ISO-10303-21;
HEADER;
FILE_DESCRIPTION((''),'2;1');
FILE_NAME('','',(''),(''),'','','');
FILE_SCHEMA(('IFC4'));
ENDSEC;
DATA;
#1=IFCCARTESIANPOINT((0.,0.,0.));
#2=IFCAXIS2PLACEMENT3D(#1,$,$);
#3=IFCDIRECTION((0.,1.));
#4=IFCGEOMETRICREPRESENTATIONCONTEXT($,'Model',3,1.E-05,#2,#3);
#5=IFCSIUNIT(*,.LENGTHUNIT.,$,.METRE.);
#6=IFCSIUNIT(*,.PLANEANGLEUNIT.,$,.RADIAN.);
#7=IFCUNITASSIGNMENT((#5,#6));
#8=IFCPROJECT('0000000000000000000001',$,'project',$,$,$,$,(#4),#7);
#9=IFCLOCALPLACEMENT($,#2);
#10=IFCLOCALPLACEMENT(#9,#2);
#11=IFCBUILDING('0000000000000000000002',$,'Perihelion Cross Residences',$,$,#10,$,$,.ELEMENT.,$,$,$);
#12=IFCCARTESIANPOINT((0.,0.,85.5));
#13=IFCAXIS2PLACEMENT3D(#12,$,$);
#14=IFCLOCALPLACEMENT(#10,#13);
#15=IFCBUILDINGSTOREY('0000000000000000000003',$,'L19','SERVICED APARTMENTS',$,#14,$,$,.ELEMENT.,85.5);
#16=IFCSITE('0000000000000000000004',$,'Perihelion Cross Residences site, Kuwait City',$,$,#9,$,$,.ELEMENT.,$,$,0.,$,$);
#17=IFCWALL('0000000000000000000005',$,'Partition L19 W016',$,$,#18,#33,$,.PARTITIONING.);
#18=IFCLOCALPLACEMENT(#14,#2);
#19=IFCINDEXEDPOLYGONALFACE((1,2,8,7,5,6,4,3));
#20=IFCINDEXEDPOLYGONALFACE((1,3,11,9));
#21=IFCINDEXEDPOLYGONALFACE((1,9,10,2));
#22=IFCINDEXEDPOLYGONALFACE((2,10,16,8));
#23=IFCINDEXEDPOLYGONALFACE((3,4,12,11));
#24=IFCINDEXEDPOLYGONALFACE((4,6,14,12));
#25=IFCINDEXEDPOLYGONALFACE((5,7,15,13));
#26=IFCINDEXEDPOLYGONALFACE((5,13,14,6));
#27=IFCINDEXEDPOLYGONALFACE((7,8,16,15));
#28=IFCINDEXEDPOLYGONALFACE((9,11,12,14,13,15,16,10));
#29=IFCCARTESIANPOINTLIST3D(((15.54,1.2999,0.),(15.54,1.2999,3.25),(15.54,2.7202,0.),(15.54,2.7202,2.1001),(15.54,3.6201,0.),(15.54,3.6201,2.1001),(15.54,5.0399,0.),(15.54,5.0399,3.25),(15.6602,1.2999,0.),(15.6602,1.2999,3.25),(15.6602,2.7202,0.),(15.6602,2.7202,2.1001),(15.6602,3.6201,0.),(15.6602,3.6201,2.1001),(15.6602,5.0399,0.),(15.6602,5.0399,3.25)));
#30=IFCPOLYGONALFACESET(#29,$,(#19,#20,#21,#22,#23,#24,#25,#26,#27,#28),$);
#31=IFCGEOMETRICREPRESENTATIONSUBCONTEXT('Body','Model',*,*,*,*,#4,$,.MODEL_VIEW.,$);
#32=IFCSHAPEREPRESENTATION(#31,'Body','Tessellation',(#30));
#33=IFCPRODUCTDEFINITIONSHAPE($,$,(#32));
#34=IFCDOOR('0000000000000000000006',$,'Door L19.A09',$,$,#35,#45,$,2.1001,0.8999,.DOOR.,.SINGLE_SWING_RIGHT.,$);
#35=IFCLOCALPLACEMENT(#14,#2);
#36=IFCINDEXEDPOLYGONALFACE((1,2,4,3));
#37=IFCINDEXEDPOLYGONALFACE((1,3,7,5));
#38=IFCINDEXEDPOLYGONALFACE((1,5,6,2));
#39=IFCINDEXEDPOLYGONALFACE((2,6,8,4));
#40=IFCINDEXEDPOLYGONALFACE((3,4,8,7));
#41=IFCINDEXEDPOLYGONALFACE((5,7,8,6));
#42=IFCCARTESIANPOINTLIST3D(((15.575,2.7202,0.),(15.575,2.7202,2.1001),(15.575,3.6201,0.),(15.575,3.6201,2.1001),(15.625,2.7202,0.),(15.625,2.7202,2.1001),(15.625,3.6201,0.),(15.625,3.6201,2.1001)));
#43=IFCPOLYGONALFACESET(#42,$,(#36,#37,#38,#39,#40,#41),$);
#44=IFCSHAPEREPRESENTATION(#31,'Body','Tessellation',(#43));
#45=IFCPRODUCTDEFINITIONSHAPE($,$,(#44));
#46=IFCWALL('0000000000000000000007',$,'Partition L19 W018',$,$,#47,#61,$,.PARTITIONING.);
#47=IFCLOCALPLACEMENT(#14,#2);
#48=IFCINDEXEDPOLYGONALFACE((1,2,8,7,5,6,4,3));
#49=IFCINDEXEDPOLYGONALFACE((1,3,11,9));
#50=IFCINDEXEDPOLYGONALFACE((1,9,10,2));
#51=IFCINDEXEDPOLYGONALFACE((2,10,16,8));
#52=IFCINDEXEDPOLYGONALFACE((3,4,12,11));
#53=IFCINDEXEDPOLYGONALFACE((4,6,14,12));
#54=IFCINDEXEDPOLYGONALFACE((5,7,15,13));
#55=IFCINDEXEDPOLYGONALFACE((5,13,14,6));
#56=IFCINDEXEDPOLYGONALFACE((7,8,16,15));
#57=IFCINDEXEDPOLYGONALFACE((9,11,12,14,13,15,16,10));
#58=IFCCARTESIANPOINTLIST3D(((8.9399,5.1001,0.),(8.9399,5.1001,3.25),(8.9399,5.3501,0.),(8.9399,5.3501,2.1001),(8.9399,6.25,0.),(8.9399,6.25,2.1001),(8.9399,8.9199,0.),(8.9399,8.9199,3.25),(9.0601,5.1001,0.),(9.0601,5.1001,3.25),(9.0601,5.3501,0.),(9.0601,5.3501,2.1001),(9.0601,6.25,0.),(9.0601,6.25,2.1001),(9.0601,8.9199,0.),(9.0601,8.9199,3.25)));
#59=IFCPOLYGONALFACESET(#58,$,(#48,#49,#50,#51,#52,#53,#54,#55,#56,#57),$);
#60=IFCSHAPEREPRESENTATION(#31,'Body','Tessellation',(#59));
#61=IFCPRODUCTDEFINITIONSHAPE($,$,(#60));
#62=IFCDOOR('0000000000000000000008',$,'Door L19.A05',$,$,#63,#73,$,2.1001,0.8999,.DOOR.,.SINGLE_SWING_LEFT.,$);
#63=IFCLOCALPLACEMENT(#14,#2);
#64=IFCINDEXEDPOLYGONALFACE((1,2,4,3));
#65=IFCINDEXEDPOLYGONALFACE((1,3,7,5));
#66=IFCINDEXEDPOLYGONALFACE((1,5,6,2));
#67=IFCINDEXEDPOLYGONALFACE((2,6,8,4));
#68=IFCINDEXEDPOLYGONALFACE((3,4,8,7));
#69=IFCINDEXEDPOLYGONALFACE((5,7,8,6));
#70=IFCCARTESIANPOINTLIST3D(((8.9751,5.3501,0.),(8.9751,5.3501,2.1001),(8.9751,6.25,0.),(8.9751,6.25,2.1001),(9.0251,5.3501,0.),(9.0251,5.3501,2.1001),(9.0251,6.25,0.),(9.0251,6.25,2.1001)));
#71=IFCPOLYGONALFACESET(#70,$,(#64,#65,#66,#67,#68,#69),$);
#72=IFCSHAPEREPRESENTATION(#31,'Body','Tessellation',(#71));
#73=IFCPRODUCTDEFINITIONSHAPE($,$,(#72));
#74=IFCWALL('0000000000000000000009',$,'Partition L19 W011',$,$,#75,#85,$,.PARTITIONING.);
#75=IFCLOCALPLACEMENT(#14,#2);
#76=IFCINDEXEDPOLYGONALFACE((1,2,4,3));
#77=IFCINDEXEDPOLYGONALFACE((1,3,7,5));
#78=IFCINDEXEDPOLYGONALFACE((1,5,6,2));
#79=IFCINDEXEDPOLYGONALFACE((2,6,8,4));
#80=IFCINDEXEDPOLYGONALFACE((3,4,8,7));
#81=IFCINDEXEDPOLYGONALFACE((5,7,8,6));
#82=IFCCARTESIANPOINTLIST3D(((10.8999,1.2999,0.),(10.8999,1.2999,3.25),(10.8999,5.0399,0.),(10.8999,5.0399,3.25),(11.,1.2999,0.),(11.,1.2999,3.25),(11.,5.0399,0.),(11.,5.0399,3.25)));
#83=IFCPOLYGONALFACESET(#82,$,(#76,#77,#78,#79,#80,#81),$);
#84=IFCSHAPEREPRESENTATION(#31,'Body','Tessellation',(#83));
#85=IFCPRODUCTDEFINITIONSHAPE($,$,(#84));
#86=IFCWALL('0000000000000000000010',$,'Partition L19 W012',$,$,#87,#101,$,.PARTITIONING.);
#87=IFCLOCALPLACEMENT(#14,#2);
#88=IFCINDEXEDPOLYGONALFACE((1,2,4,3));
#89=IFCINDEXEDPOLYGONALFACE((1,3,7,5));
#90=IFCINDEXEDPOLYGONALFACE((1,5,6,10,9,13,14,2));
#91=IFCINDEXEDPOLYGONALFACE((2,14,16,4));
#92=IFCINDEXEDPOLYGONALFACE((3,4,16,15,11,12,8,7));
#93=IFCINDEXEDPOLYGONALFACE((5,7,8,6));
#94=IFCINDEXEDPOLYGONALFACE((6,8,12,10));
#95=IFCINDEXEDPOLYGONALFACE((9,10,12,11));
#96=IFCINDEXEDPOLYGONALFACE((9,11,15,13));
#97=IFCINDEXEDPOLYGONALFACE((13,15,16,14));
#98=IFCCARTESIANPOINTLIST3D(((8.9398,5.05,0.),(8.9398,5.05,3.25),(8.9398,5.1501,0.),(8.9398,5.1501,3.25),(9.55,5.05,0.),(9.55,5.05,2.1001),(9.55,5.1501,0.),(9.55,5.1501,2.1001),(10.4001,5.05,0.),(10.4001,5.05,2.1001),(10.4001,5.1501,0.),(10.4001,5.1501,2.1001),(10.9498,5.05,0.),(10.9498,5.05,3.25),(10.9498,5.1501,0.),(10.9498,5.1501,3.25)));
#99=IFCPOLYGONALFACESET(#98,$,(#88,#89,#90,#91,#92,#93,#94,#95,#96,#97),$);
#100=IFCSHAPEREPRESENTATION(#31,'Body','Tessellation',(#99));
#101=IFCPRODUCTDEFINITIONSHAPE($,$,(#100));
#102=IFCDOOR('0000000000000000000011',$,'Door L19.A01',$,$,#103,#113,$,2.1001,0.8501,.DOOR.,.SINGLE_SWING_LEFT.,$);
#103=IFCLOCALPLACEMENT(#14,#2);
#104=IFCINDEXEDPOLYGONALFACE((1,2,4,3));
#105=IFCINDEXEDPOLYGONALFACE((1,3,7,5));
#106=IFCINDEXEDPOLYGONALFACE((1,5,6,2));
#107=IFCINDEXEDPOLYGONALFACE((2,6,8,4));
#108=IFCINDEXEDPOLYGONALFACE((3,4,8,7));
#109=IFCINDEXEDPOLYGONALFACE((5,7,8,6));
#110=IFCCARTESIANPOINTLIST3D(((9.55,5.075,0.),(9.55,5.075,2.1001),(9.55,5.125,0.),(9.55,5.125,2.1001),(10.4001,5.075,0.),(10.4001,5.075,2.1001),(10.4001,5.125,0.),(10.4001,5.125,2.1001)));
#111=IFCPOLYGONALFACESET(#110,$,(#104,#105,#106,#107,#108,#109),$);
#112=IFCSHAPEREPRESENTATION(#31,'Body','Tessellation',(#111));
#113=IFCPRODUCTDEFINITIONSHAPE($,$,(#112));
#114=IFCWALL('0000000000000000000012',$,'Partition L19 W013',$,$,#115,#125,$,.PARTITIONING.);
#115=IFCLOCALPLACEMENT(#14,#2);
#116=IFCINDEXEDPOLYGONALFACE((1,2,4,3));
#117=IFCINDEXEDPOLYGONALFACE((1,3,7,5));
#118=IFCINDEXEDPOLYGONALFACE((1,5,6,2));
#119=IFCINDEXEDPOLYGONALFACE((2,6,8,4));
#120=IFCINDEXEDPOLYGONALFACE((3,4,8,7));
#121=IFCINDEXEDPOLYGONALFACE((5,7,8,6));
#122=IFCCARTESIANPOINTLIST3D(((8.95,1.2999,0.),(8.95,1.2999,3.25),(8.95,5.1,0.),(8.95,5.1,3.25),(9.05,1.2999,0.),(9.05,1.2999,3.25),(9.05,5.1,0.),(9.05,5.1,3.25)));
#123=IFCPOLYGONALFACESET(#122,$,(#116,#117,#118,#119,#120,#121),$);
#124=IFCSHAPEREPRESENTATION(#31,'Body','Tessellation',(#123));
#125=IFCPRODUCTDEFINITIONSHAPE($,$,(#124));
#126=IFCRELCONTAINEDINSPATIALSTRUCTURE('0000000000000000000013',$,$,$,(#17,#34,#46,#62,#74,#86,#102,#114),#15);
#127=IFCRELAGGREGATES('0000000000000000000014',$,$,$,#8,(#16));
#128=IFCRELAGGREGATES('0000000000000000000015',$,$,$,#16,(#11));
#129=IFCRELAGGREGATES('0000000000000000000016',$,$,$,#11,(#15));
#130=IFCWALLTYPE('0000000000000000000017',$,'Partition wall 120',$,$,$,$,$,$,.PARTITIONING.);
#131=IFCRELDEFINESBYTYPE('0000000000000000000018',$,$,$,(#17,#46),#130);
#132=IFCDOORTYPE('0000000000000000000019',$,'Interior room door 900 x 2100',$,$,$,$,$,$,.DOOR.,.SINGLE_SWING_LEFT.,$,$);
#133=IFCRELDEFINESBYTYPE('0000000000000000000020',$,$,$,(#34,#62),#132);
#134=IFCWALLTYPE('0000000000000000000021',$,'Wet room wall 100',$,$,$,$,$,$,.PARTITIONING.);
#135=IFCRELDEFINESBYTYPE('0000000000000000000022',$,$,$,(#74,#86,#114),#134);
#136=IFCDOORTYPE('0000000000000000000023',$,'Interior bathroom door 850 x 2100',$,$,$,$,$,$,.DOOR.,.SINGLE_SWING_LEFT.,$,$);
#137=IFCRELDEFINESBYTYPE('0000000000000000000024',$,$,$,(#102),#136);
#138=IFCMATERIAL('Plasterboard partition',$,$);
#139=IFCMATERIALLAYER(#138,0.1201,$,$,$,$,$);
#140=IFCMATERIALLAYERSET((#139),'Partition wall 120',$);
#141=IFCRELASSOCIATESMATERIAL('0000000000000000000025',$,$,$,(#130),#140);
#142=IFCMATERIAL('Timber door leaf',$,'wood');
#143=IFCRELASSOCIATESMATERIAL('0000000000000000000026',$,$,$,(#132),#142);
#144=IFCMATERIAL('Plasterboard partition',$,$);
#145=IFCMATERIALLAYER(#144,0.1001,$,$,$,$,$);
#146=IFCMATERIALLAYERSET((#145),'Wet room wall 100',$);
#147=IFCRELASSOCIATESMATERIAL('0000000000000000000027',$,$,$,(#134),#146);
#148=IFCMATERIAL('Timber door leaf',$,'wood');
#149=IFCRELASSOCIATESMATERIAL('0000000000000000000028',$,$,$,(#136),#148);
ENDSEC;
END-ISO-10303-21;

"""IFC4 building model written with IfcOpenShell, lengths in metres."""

from ifc_helpers import new_model, si_unit, direction, frame, frame_2d, origin, place, context, subcontext, project, spatial, rectangle, extrude, material, layer, layer_set, type_object, element, fill, save


model = new_model("IFC4")

# Units and contexts
model_context = context("Model", 3, precision=1e-05, world=origin(), true_north=direction((0.0, 1.0)))
body_context = subcontext(model_context, "Body", "Model", "MODEL_VIEW")
ifc_project = project(units=[si_unit("LENGTHUNIT", "METRE"), si_unit("PLANEANGLEUNIT", "RADIAN")], contexts=[model_context])

# Site, building, storey
site_placement = place(None, origin())
site = spatial("IfcSite", under=ifc_project, at=site_placement, Name="Perihelion Cross Residences site, Kuwait City", CompositionType="ELEMENT", RefElevation=0.0)
building_placement = place(site_placement, origin())
building = spatial("IfcBuilding", under=site, at=building_placement, Name="Perihelion Cross Residences", CompositionType="ELEMENT")
storey_placement = place(building_placement, frame((0.0, 0.0, 85.5)))
storey = spatial("IfcBuildingStorey", under=building, at=storey_placement, Name="L19", Description="SERVICED APARTMENTS", CompositionType="ELEMENT", Elevation=85.5)

# Shared definitions
ifc_material_1 = material(Name="Plasterboard partition")
ifc_layer_1 = layer(ifc_material_1, 0.1201)
ifc_layer_set_1 = layer_set([ifc_layer_1], Name="Partition wall 120")
wall_type_1 = type_object("IfcWallType", Name="Partition wall 120", PredefinedType="PARTITIONING", material=ifc_layer_set_1)

# Shared definitions
ifc_material_2 = material(Name="Timber door leaf", Category="wood")
door_type_1 = type_object("IfcDoorType", Name="Interior room door 900 x 2100", OperationType="SINGLE_SWING_LEFT", PredefinedType="DOOR", material=ifc_material_2)

# Walls, openings, doors
wall_1_placement = place(storey_placement, frame((15.6001, 5.04, 0.0), z_axis=(0.0, 0.0, 1.0), x_axis=(0.0, -1.0, 0.0)))
wall_1 = element("IfcWall", 1, at=wall_1_placement, inside=storey, type_object=wall_type_1, Name="Partition L19 W016", PredefinedType="PARTITIONING", context=body_context, shape_type="SweptSolid", body=[
    extrude(rectangle(XDim=3.74, YDim=0.1201, at=frame_2d((1.8701, 0.0))), origin(), (0.0, 0.0, 1.0), 3.25),
])
opening_1_placement = place(wall_1_placement, frame((1.4199, 0.0, 0.0)))
opening_1 = element("IfcOpeningElement", 2, at=opening_1_placement, cuts=wall_1, PredefinedType="OPENING", context=body_context, shape_type="SweptSolid", body=[
    extrude(rectangle(XDim=0.8999, YDim=2.1001, at=frame_2d((0.45, 1.05))), frame((0.0, 0.0701, 0.0), z_axis=(0.0, -1.0, 0.0), x_axis=(1.0, 0.0, 0.0)), (0.0, 0.0, 1.0), 0.1401),
])
door_1_placement = place(opening_1_placement, origin())
door_1 = element("IfcDoor", 3, at=door_1_placement, inside=storey, type_object=door_type_1, Name="Door L19.A09", OperationType="SINGLE_SWING_RIGHT", OverallHeight=2.1001, OverallWidth=0.8999, PredefinedType="DOOR", context=body_context, shape_type="SweptSolid", body=[
    extrude(rectangle(XDim=0.8999, YDim=2.1001, at=frame_2d((0.45, 1.05))), frame((0.0, 0.0249, 0.0), z_axis=(0.0, -1.0, 0.0), x_axis=(1.0, 0.0, 0.0)), (0.0, 0.0, 1.0), 0.05),
])
fill(opening_1, door_1)
wall_2_placement = place(storey_placement, frame((9.0, 5.1001, 0.0), z_axis=(0.0, 0.0, 1.0), x_axis=(0.0, 1.0, 0.0)))
wall_2 = element("IfcWall", 4, at=wall_2_placement, inside=storey, type_object=wall_type_1, Name="Partition L19 W018", PredefinedType="PARTITIONING", context=body_context, shape_type="SweptSolid", body=[
    extrude(rectangle(XDim=3.8198, YDim=0.1201, at=frame_2d((1.9099, 0.0))), origin(), (0.0, 0.0, 1.0), 3.25),
])
opening_2_placement = place(wall_2_placement, frame((0.25, 0.0, 0.0)))
opening_2 = element("IfcOpeningElement", 5, at=opening_2_placement, cuts=wall_2, PredefinedType="OPENING", context=body_context, shape_type="SweptSolid", body=[
    extrude(rectangle(XDim=0.8999, YDim=2.1001, at=frame_2d((0.45, 1.05))), frame((0.0, 0.0701, 0.0), z_axis=(0.0, -1.0, 0.0), x_axis=(1.0, 0.0, 0.0)), (0.0, 0.0, 1.0), 0.1401),
])
door_2_placement = place(opening_2_placement, origin())
door_2 = element("IfcDoor", 6, at=door_2_placement, inside=storey, type_object=door_type_1, Name="Door L19.A05", OperationType="SINGLE_SWING_LEFT", OverallHeight=2.1001, OverallWidth=0.8999, PredefinedType="DOOR", context=body_context, shape_type="SweptSolid", body=[
    extrude(rectangle(XDim=0.8999, YDim=2.1001, at=frame_2d((0.45, 1.05))), frame((0.0, 0.0249, 0.0), z_axis=(0.0, -1.0, 0.0), x_axis=(1.0, 0.0, 0.0)), (0.0, 0.0, 1.0), 0.05),
])
fill(opening_2, door_2)

# Wall
ifc_material_3 = material(Name="Plasterboard partition")
ifc_layer_2 = layer(ifc_material_3, 0.1001)
ifc_layer_set_2 = layer_set([ifc_layer_2], Name="Wet room wall 100")
wall_type_2 = type_object("IfcWallType", Name="Wet room wall 100", PredefinedType="PARTITIONING", material=ifc_layer_set_2)
wall_3_placement = place(storey_placement, frame((10.95, 5.04, 0.0), z_axis=(0.0, 0.0, 1.0), x_axis=(0.0, -1.0, 0.0)))
element("IfcWall", 7, at=wall_3_placement, inside=storey, type_object=wall_type_2, Name="Partition L19 W011", PredefinedType="PARTITIONING", context=body_context, shape_type="SweptSolid", body=[
    extrude(rectangle(XDim=3.74, YDim=0.1001, at=frame_2d((1.8701, 0.0))), origin(), (0.0, 0.0, 1.0), 3.25),
])

# Wall, opening, door
wall_4_placement = place(storey_placement, frame((8.9399, 5.1001, 0.0), z_axis=(0.0, 0.0, 1.0), x_axis=(1.0, 0.0, 0.0)))
wall_4 = element("IfcWall", 8, at=wall_4_placement, inside=storey, type_object=wall_type_2, Name="Partition L19 W012", PredefinedType="PARTITIONING", context=body_context, shape_type="SweptSolid", body=[
    extrude(rectangle(XDim=2.01, YDim=0.1001, at=frame_2d((1.0049, 0.0))), origin(), (0.0, 0.0, 1.0), 3.25),
])
opening_3_placement = place(wall_4_placement, frame((0.6101, 0.0, 0.0)))
opening_3 = element("IfcOpeningElement", 9, at=opening_3_placement, cuts=wall_4, PredefinedType="OPENING", context=body_context, shape_type="SweptSolid", body=[
    extrude(rectangle(XDim=0.8501, YDim=2.1001, at=frame_2d((0.425, 1.05))), frame((0.0, 0.0601, 0.0), z_axis=(0.0, -1.0, 0.0), x_axis=(1.0, 0.0, 0.0)), (0.0, 0.0, 1.0), 0.1201),
])
ifc_material_4 = material(Name="Timber door leaf", Category="wood")
door_type_2 = type_object("IfcDoorType", Name="Interior bathroom door 850 x 2100", OperationType="SINGLE_SWING_LEFT", PredefinedType="DOOR", material=ifc_material_4)
door_3_placement = place(opening_3_placement, origin())
door_3 = element("IfcDoor", 10, at=door_3_placement, inside=storey, type_object=door_type_2, Name="Door L19.A01", OperationType="SINGLE_SWING_LEFT", OverallHeight=2.1001, OverallWidth=0.8501, PredefinedType="DOOR", context=body_context, shape_type="SweptSolid", body=[
    extrude(rectangle(XDim=0.8501, YDim=2.1001, at=frame_2d((0.425, 1.05))), frame((0.0, 0.0249, 0.0), z_axis=(0.0, -1.0, 0.0), x_axis=(1.0, 0.0, 0.0)), (0.0, 0.0, 1.0), 0.05),
])
fill(opening_3, door_3)

# Wall
wall_5_placement = place(storey_placement, frame((9.0, 1.3, 0.0), z_axis=(0.0, 0.0, 1.0), x_axis=(0.0, 1.0, 0.0)))
element("IfcWall", 11, at=wall_5_placement, inside=storey, type_object=wall_type_2, Name="Partition L19 W013", PredefinedType="PARTITIONING", context=body_context, shape_type="SweptSolid", body=[
    extrude(rectangle(XDim=3.8, YDim=0.1001, at=frame_2d((1.8999, 0.0))), origin(), (0.0, 0.0, 1.0), 3.25),
])

save(model, "model.ifc")
